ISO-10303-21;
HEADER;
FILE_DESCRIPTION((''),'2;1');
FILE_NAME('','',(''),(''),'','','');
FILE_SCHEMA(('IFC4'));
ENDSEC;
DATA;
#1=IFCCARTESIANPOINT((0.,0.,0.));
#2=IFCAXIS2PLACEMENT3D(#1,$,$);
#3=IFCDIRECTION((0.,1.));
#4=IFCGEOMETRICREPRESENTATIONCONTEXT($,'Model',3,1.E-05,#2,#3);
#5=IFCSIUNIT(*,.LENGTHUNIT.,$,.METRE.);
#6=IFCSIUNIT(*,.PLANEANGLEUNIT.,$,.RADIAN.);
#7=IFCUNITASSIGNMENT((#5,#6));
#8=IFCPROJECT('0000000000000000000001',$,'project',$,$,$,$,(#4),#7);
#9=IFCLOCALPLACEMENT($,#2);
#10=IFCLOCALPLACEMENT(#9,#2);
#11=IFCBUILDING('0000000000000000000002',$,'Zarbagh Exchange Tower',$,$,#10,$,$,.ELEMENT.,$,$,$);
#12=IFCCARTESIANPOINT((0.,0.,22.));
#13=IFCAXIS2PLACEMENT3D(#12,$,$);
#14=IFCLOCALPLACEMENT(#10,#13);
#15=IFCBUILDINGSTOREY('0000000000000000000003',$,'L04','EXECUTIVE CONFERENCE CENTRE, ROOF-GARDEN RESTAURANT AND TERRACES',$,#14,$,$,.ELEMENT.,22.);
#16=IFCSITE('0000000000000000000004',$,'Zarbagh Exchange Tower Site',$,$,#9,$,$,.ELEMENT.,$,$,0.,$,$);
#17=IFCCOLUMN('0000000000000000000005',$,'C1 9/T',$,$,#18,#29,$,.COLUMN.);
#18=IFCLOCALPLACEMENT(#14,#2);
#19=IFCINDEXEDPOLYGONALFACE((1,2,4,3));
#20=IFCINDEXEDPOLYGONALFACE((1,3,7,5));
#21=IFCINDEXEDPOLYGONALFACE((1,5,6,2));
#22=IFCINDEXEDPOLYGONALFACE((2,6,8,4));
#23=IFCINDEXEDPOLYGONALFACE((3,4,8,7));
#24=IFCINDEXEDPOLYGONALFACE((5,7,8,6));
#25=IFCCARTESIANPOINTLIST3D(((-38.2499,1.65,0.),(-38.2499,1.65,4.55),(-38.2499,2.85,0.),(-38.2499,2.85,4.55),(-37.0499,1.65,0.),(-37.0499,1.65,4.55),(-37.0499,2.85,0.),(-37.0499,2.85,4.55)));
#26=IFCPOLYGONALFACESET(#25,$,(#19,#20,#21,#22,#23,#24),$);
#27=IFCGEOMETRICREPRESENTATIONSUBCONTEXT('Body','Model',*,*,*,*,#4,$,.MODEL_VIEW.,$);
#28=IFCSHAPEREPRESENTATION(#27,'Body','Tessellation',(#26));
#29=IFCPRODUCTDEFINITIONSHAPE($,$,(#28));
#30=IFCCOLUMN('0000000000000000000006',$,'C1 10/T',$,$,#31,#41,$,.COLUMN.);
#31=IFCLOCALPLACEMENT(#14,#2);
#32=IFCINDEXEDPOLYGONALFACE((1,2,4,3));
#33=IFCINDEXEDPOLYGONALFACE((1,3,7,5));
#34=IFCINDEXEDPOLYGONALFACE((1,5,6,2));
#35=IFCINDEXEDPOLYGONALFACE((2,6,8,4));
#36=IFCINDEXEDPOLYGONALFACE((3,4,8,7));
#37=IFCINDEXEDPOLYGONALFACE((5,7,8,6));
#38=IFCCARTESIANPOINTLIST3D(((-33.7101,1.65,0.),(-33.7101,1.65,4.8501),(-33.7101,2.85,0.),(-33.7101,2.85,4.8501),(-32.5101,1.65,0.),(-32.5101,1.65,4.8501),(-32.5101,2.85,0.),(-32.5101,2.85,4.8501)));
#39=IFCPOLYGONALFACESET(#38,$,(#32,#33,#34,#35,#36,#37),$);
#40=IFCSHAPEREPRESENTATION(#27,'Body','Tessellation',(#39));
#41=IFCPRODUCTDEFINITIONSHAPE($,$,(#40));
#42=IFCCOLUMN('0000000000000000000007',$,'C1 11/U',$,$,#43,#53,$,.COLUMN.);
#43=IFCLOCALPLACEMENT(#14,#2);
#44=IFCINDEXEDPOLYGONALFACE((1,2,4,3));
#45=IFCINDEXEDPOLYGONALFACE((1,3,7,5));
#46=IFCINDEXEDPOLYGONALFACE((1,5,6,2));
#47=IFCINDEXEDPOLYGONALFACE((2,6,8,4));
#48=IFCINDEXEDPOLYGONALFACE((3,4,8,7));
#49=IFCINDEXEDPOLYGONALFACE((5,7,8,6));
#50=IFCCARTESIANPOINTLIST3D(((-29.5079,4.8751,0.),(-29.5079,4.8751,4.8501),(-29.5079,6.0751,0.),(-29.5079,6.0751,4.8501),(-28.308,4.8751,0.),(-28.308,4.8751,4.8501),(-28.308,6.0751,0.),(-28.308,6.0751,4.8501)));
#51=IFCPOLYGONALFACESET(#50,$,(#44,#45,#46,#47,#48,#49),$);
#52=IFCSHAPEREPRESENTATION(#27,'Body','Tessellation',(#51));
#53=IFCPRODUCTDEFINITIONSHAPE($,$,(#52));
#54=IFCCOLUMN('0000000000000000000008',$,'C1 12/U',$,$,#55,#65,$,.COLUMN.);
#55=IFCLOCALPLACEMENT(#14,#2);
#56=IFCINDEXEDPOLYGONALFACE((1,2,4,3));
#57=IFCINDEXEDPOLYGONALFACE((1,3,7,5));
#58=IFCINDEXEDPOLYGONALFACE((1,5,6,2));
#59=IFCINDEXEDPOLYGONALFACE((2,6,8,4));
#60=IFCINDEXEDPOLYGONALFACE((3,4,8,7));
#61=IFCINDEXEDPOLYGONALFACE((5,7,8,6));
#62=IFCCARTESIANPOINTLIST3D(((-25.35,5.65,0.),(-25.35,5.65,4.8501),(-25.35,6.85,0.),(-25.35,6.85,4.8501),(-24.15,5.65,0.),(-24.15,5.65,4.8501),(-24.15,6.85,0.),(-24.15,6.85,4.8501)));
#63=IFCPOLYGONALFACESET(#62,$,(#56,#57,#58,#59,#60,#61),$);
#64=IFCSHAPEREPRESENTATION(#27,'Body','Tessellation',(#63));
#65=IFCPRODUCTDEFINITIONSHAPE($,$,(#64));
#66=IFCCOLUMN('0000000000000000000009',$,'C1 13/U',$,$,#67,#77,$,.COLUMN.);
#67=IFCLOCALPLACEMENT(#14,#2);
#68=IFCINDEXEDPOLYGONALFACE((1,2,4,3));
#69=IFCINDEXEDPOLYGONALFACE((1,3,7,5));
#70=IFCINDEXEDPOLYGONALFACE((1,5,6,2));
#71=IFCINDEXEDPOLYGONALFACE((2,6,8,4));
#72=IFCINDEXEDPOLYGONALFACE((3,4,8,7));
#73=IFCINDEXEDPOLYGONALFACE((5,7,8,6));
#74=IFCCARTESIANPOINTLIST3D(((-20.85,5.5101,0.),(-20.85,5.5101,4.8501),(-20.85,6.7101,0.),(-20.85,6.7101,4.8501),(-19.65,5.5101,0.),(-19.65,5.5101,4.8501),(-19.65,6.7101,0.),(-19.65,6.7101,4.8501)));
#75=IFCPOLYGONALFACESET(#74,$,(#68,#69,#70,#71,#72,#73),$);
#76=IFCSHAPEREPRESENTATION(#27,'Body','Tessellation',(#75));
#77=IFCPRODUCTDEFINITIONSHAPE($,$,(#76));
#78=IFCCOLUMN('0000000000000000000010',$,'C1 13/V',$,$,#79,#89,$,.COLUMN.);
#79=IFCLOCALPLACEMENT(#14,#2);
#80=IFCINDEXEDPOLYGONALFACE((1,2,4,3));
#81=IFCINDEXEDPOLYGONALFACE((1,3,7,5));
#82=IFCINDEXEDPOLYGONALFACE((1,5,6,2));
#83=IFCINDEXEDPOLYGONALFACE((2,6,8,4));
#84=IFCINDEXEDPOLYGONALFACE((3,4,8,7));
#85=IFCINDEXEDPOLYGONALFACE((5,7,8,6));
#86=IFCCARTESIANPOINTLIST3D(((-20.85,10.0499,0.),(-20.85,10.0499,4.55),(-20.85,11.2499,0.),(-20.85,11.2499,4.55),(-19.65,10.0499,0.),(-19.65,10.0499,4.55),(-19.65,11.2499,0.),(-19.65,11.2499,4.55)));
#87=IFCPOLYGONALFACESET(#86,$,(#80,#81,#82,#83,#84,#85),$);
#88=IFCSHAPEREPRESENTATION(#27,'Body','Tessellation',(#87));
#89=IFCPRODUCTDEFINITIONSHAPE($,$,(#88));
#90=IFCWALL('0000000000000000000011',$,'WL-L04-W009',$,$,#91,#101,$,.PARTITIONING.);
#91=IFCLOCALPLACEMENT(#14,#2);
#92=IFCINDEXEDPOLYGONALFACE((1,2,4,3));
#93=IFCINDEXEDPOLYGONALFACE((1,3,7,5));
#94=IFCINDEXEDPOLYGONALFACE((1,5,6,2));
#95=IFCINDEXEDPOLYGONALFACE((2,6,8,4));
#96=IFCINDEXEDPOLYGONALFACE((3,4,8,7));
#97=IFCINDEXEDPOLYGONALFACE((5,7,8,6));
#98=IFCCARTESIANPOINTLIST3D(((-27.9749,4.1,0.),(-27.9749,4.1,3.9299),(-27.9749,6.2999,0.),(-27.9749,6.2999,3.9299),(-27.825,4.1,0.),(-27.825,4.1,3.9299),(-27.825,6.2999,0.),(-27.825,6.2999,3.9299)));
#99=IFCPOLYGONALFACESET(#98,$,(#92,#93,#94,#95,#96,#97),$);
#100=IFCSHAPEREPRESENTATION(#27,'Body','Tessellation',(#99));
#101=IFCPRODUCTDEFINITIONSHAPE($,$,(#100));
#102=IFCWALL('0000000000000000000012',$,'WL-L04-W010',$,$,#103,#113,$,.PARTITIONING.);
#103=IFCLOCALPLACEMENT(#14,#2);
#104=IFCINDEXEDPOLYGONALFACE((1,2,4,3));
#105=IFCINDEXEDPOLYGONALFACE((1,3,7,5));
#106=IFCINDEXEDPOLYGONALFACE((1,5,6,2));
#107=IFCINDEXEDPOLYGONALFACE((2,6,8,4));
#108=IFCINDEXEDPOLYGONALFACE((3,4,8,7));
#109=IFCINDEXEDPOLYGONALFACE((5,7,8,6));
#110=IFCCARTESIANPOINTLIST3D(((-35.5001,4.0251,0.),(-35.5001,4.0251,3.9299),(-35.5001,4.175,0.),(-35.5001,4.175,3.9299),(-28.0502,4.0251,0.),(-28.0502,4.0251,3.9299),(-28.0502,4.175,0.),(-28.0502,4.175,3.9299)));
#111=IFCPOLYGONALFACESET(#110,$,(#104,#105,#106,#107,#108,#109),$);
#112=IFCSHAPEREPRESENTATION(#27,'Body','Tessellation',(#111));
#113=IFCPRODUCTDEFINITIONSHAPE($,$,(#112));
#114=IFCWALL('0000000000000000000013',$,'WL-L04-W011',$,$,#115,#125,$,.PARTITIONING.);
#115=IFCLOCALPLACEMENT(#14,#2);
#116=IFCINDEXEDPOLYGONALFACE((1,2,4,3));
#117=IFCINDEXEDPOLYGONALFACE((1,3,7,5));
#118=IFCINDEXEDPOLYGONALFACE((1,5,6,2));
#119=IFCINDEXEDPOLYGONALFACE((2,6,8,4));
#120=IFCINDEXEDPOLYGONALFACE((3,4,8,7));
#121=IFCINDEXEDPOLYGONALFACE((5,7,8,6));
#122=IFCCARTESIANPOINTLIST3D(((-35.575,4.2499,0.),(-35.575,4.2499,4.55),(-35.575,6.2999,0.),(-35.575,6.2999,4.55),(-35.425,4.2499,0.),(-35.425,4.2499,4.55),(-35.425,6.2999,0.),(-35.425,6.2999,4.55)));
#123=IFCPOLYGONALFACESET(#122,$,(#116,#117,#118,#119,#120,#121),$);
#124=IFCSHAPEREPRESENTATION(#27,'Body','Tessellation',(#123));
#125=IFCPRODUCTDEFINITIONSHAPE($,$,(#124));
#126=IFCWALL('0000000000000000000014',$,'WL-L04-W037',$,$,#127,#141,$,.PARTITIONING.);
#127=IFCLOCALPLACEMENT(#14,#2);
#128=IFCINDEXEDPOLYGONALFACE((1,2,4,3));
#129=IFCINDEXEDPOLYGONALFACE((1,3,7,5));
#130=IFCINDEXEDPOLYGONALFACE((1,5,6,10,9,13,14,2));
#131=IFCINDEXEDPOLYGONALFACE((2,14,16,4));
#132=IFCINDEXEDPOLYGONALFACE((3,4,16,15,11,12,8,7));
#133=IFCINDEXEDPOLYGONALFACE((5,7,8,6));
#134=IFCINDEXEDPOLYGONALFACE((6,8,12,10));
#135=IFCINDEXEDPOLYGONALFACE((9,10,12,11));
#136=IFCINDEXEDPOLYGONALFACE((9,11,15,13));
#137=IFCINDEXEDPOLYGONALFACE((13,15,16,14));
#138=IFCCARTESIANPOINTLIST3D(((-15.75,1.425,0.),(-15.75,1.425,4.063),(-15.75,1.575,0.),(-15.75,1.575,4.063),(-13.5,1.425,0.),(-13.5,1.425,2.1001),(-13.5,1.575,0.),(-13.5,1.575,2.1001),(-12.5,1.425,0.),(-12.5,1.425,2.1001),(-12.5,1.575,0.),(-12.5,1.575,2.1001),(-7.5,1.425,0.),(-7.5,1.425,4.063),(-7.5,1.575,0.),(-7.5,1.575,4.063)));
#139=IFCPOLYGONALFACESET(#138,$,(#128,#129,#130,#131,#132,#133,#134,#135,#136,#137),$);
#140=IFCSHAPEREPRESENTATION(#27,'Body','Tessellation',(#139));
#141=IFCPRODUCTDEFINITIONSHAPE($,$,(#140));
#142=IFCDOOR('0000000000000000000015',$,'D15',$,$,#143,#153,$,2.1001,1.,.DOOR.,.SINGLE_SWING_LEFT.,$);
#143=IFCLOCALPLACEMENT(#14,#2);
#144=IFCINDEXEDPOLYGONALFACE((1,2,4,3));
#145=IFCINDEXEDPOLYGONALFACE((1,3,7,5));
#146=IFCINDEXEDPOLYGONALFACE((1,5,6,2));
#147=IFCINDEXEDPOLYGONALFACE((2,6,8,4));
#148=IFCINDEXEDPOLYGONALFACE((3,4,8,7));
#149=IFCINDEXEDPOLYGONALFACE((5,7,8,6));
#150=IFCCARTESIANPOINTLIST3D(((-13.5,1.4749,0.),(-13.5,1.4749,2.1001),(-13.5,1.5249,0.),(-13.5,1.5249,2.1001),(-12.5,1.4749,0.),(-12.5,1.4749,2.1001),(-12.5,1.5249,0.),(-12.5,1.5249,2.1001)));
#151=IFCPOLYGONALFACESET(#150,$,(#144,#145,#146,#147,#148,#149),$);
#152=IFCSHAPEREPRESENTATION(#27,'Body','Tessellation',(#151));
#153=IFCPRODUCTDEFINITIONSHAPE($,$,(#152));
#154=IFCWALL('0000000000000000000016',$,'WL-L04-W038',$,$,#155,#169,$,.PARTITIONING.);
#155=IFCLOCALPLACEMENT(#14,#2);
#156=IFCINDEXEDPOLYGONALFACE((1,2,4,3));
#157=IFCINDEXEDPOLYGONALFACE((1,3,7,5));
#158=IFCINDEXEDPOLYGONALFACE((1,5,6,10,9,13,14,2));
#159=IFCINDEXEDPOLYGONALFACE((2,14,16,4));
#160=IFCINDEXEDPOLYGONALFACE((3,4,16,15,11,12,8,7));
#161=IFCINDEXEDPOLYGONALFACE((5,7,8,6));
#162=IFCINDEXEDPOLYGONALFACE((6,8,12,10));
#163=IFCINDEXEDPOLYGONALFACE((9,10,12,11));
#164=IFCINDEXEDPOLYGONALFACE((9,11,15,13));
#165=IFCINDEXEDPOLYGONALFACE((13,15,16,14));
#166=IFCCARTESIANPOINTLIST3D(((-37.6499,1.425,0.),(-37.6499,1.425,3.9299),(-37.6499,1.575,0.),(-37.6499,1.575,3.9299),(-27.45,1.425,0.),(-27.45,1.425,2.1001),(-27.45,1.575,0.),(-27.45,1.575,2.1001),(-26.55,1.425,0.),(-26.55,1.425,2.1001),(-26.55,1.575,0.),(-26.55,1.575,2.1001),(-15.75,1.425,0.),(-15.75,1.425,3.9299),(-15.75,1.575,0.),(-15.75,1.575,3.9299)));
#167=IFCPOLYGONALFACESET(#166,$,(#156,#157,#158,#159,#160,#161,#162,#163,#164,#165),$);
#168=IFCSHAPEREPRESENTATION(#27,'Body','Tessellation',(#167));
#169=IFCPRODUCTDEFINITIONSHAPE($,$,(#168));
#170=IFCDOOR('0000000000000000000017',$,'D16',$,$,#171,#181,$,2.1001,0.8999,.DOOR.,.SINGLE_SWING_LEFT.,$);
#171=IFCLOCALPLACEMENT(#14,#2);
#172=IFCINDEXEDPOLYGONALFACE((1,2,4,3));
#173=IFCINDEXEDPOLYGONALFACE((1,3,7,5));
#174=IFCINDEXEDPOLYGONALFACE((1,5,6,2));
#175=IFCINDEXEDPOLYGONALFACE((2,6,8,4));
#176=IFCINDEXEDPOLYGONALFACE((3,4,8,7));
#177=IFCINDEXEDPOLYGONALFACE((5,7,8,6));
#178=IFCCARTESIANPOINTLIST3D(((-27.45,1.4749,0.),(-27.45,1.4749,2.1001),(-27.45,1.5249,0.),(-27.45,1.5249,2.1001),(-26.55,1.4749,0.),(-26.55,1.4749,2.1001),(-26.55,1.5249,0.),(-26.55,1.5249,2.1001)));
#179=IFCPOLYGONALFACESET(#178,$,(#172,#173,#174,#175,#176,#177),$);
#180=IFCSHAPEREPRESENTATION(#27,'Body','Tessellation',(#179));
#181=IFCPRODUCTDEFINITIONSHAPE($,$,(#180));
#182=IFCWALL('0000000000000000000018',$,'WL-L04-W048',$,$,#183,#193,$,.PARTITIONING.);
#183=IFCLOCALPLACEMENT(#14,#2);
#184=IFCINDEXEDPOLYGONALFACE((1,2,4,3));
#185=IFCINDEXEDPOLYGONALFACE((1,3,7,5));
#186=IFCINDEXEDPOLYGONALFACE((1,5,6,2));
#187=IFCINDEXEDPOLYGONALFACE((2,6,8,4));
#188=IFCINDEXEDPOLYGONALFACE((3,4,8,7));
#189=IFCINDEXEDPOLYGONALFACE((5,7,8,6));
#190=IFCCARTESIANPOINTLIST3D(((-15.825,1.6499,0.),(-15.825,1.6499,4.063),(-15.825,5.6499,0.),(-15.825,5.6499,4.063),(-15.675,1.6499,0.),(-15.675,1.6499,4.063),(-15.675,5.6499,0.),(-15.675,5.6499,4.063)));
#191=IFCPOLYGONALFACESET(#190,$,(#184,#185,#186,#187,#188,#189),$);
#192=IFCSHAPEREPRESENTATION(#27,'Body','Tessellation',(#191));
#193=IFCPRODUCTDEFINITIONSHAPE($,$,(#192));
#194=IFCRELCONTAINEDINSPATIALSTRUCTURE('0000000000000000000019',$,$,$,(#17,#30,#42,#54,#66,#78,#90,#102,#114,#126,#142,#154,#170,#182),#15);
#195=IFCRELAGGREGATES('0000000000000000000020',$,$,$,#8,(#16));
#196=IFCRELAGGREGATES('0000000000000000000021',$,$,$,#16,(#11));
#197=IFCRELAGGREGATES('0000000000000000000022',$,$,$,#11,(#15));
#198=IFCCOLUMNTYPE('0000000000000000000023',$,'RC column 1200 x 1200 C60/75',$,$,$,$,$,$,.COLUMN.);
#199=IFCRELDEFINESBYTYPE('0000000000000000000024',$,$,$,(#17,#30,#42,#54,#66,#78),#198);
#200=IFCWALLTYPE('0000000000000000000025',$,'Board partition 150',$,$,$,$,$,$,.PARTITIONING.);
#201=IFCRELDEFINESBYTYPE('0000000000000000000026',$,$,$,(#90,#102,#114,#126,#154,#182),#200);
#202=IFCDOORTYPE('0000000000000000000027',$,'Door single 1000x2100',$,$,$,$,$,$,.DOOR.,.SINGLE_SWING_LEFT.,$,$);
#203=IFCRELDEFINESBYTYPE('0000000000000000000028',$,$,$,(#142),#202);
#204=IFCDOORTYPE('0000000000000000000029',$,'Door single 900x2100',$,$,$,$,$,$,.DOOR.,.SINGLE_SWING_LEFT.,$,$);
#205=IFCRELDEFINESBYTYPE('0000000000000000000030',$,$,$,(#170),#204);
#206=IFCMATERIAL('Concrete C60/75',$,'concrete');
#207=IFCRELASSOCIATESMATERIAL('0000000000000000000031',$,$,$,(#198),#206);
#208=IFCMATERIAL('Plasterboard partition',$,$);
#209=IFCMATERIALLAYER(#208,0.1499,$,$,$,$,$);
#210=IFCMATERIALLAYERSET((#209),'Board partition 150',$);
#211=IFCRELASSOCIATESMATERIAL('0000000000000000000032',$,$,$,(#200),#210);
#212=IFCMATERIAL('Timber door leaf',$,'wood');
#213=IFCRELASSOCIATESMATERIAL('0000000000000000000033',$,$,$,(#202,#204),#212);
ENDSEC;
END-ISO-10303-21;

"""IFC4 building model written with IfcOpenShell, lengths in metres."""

from ifc_helpers import new_model, si_unit, direction, frame, frame_2d, origin, origin_2d, place, context, subcontext, project, spatial, rectangle, extrude, material, layer, layer_set, material_profile, profile_set, type_object, element, fill, save


model = new_model("IFC4")

# Units and contexts
model_context = context("Model", 3, precision=1e-05, world=origin(), true_north=direction((0.0, 1.0)))
body_context = subcontext(model_context, "Body", "Model", "MODEL_VIEW")
ifc_project = project(units=[si_unit("LENGTHUNIT", "METRE"), si_unit("PLANEANGLEUNIT", "RADIAN")], contexts=[model_context])

# Site, building, storey
site_placement = place(None, origin())
site = spatial("IfcSite", under=ifc_project, at=site_placement, Name="Zarbagh Exchange Tower Site", CompositionType="ELEMENT", RefElevation=0.0)
building_placement = place(site_placement, origin())
building = spatial("IfcBuilding", under=site, at=building_placement, Name="Zarbagh Exchange Tower", CompositionType="ELEMENT")
storey_placement = place(building_placement, frame((0.0, 0.0, 22.0)))
storey = spatial("IfcBuildingStorey", under=building, at=storey_placement, Name="L04", Description="EXECUTIVE CONFERENCE CENTRE, ROOF-GARDEN RESTAURANT AND TERRACES", CompositionType="ELEMENT", Elevation=22.0)

# Columns
ifc_material_1 = material(Name="Concrete C60/75", Category="concrete")
ifc_material_profile = material_profile(ifc_material_1, rectangle(XDim=1.2, YDim=1.2, at=origin_2d()), Name="RC column 1200 x 1200 C60/75")
ifc_profile_set = profile_set([ifc_material_profile], Name="Concrete C60/75")
column_type = type_object("IfcColumnType", Name="RC column 1200 x 1200 C60/75", PredefinedType="COLUMN", material=ifc_profile_set)
column_1_placement = place(storey_placement, frame((-37.6499, 2.25, 0.0), z_axis=(0.0, 0.0, 1.0), x_axis=(1.0, 0.0, 0.0)))
element("IfcColumn", 1, at=column_1_placement, inside=storey, type_object=column_type, Name="C1 9/T", PredefinedType="COLUMN", context=body_context, shape_type="SweptSolid", body=[
    extrude(rectangle(XDim=1.2, YDim=1.2, at=origin_2d()), origin(), (0.0, 0.0, 1.0), 4.55),
])
for number, where, z_axis, x_axis, name in (
    (2, (-33.1101, 2.25, 0.0), (0.0, 0.0, 1.0), (1.0, 0.0, 0.0), "C1 10/T"),
    (3, (-28.908, 5.4751, 0.0), (0.0, 0.0, 1.0), (1.0, 0.0, 0.0), "C1 11/U"),
    (4, (-24.75, 6.25, 0.0), (0.0, 0.0, 1.0), (1.0, 0.0, 0.0), "C1 12/U"),
    (5, (-20.25, 6.1101, 0.0), (0.0, 0.0, 1.0), (1.0, 0.0, 0.0), "C1 13/U"),
):
    element("IfcColumn", number, at=place(storey_placement, frame(where, z_axis=z_axis, x_axis=x_axis)), inside=storey, type_object=column_type, Name=name, PredefinedType="COLUMN", context=body_context, shape_type="SweptSolid", body=[
        extrude(rectangle(XDim=1.2, YDim=1.2, at=origin_2d()), origin(), (0.0, 0.0, 1.0), 4.8501),
    ])
column_2_placement = place(storey_placement, frame((-20.25, 10.6499, 0.0), z_axis=(0.0, 0.0, 1.0), x_axis=(1.0, 0.0, 0.0)))
element("IfcColumn", 6, at=column_2_placement, inside=storey, type_object=column_type, Name="C1 13/V", PredefinedType="COLUMN", context=body_context, shape_type="SweptSolid", body=[
    extrude(rectangle(XDim=1.2, YDim=1.2, at=origin_2d()), origin(), (0.0, 0.0, 1.0), 4.55),
])

# Walls
ifc_material_2 = material(Name="Plasterboard partition")
ifc_layer_1 = layer(ifc_material_2, 0.1499)
ifc_layer_set_1 = layer_set([ifc_layer_1], Name="Board partition 150")
wall_type_1 = type_object("IfcWallType", Name="Board partition 150", PredefinedType="PARTITIONING", material=ifc_layer_set_1)
wall_1_placement = place(storey_placement, frame((-27.8999, 6.3, 0.0), z_axis=(0.0, 0.0, 1.0), x_axis=(0.0, -1.0, 0.0)))
element("IfcWall", 7, at=wall_1_placement, inside=storey, type_object=wall_type_1, Name="WL-L04-W009", PredefinedType="PARTITIONING", context=body_context, shape_type="SweptSolid", body=[
    extrude(rectangle(XDim=2.2, YDim=0.1499, at=frame_2d((1.1001, 0.0))), origin(), (0.0, 0.0, 1.0), 3.9299),
])
wall_2_placement = place(storey_placement, frame((-28.05, 4.1001, 0.0), z_axis=(0.0, 0.0, 1.0), x_axis=(-1.0, 0.0, 0.0)))
element("IfcWall", 8, at=wall_2_placement, inside=storey, type_object=wall_type_1, Name="WL-L04-W010", PredefinedType="PARTITIONING", context=body_context, shape_type="SweptSolid", body=[
    extrude(rectangle(XDim=7.45, YDim=0.1499, at=frame_2d((3.7251, 0.0))), origin(), (0.0, 0.0, 1.0), 3.9299),
])
wall_3_placement = place(storey_placement, frame((-35.5, 4.25, 0.0), z_axis=(0.0, 0.0, 1.0), x_axis=(0.0, 1.0, 0.0)))
element("IfcWall", 9, at=wall_3_placement, inside=storey, type_object=wall_type_1, Name="WL-L04-W011", PredefinedType="PARTITIONING", context=body_context, shape_type="SweptSolid", body=[
    extrude(rectangle(XDim=2.05, YDim=0.1499, at=frame_2d((1.0249, 0.0))), origin(), (0.0, 0.0, 1.0), 4.55),
])

# Walls, openings, doors
wall_4_placement = place(storey_placement, frame((-15.75, 1.5, 0.0), z_axis=(0.0, 0.0, 1.0), x_axis=(1.0, 0.0, 0.0)))
wall_4 = element("IfcWall", 10, at=wall_4_placement, inside=storey, type_object=wall_type_1, Name="WL-L04-W037", PredefinedType="PARTITIONING", context=body_context, shape_type="SweptSolid", body=[
    extrude(rectangle(XDim=8.25, YDim=0.1499, at=frame_2d((4.125, 0.0))), origin(), (0.0, 0.0, 1.0), 4.063),
])
opening_1_placement = place(wall_4_placement, frame((2.25, 0.0, 0.0)))
opening_1 = element("IfcOpeningElement", 11, at=opening_1_placement, cuts=wall_4, PredefinedType="OPENING", context=body_context, shape_type="SweptSolid", body=[
    extrude(rectangle(XDim=1.0, YDim=2.1001, at=frame_2d((0.5, 1.05))), frame((0.0, 0.085, 0.0), z_axis=(0.0, -1.0, 0.0), x_axis=(1.0, 0.0, 0.0)), (0.0, 0.0, 1.0), 0.1699),
])
ifc_material_3 = material(Name="Timber door leaf", Category="wood")
door_type_1 = type_object("IfcDoorType", Name="Door single 1000x2100", OperationType="SINGLE_SWING_LEFT", PredefinedType="DOOR", material=ifc_material_3)
door_1_placement = place(opening_1_placement, origin())
door_1 = element("IfcDoor", 12, at=door_1_placement, inside=storey, type_object=door_type_1, Name="D15", OperationType="SINGLE_SWING_LEFT", OverallHeight=2.1001, OverallWidth=1.0, PredefinedType="DOOR", context=body_context, shape_type="SweptSolid", body=[
    extrude(rectangle(XDim=1.0, YDim=2.1001, at=frame_2d((0.5, 1.05))), frame((0.0, 0.0249, 0.0), z_axis=(0.0, -1.0, 0.0), x_axis=(1.0, 0.0, 0.0)), (0.0, 0.0, 1.0), 0.05),
])
fill(opening_1, door_1)
wall_5_placement = place(storey_placement, frame((-37.6499, 1.5, 0.0), z_axis=(0.0, 0.0, 1.0), x_axis=(1.0, 0.0, 0.0)))
wall_5 = element("IfcWall", 13, at=wall_5_placement, inside=storey, type_object=wall_type_1, Name="WL-L04-W038", PredefinedType="PARTITIONING", context=body_context, shape_type="SweptSolid", body=[
    extrude(rectangle(XDim=21.8999, YDim=0.1499, at=frame_2d((10.95, 0.0))), origin(), (0.0, 0.0, 1.0), 3.9299),
])
opening_2_placement = place(wall_5_placement, frame((10.2, 0.0, 0.0)))
opening_2 = element("IfcOpeningElement", 14, at=opening_2_placement, cuts=wall_5, PredefinedType="OPENING", context=body_context, shape_type="SweptSolid", body=[
    extrude(rectangle(XDim=0.8999, YDim=2.1001, at=frame_2d((0.45, 1.05))), frame((0.0, 0.085, 0.0), z_axis=(0.0, -1.0, 0.0), x_axis=(1.0, 0.0, 0.0)), (0.0, 0.0, 1.0), 0.1699),
])
door_type_2 = type_object("IfcDoorType", Name="Door single 900x2100", OperationType="SINGLE_SWING_LEFT", PredefinedType="DOOR", material=ifc_material_3)
door_2_placement = place(opening_2_placement, origin())
door_2 = element("IfcDoor", 15, at=door_2_placement, inside=storey, type_object=door_type_2, Name="D16", OperationType="SINGLE_SWING_LEFT", OverallHeight=2.1001, OverallWidth=0.8999, PredefinedType="DOOR", context=body_context, shape_type="SweptSolid", body=[
    extrude(rectangle(XDim=0.8999, YDim=2.1001, at=frame_2d((0.45, 1.05))), frame((0.0, 0.0249, 0.0), z_axis=(0.0, -1.0, 0.0), x_axis=(1.0, 0.0, 0.0)), (0.0, 0.0, 1.0), 0.05),
])
fill(opening_2, door_2)

# Wall
wall_6_placement = place(storey_placement, frame((-15.75, 1.6499, 0.0), z_axis=(0.0, 0.0, 1.0), x_axis=(0.0, 1.0, 0.0)))
element("IfcWall", 16, at=wall_6_placement, inside=storey, type_object=wall_type_1, Name="WL-L04-W048", PredefinedType="PARTITIONING", context=body_context, shape_type="SweptSolid", body=[
    extrude(rectangle(XDim=4.0, YDim=0.1499, at=frame_2d((2.0, 0.0))), origin(), (0.0, 0.0, 1.0), 4.063),
])

save(model, "model.ifc")
